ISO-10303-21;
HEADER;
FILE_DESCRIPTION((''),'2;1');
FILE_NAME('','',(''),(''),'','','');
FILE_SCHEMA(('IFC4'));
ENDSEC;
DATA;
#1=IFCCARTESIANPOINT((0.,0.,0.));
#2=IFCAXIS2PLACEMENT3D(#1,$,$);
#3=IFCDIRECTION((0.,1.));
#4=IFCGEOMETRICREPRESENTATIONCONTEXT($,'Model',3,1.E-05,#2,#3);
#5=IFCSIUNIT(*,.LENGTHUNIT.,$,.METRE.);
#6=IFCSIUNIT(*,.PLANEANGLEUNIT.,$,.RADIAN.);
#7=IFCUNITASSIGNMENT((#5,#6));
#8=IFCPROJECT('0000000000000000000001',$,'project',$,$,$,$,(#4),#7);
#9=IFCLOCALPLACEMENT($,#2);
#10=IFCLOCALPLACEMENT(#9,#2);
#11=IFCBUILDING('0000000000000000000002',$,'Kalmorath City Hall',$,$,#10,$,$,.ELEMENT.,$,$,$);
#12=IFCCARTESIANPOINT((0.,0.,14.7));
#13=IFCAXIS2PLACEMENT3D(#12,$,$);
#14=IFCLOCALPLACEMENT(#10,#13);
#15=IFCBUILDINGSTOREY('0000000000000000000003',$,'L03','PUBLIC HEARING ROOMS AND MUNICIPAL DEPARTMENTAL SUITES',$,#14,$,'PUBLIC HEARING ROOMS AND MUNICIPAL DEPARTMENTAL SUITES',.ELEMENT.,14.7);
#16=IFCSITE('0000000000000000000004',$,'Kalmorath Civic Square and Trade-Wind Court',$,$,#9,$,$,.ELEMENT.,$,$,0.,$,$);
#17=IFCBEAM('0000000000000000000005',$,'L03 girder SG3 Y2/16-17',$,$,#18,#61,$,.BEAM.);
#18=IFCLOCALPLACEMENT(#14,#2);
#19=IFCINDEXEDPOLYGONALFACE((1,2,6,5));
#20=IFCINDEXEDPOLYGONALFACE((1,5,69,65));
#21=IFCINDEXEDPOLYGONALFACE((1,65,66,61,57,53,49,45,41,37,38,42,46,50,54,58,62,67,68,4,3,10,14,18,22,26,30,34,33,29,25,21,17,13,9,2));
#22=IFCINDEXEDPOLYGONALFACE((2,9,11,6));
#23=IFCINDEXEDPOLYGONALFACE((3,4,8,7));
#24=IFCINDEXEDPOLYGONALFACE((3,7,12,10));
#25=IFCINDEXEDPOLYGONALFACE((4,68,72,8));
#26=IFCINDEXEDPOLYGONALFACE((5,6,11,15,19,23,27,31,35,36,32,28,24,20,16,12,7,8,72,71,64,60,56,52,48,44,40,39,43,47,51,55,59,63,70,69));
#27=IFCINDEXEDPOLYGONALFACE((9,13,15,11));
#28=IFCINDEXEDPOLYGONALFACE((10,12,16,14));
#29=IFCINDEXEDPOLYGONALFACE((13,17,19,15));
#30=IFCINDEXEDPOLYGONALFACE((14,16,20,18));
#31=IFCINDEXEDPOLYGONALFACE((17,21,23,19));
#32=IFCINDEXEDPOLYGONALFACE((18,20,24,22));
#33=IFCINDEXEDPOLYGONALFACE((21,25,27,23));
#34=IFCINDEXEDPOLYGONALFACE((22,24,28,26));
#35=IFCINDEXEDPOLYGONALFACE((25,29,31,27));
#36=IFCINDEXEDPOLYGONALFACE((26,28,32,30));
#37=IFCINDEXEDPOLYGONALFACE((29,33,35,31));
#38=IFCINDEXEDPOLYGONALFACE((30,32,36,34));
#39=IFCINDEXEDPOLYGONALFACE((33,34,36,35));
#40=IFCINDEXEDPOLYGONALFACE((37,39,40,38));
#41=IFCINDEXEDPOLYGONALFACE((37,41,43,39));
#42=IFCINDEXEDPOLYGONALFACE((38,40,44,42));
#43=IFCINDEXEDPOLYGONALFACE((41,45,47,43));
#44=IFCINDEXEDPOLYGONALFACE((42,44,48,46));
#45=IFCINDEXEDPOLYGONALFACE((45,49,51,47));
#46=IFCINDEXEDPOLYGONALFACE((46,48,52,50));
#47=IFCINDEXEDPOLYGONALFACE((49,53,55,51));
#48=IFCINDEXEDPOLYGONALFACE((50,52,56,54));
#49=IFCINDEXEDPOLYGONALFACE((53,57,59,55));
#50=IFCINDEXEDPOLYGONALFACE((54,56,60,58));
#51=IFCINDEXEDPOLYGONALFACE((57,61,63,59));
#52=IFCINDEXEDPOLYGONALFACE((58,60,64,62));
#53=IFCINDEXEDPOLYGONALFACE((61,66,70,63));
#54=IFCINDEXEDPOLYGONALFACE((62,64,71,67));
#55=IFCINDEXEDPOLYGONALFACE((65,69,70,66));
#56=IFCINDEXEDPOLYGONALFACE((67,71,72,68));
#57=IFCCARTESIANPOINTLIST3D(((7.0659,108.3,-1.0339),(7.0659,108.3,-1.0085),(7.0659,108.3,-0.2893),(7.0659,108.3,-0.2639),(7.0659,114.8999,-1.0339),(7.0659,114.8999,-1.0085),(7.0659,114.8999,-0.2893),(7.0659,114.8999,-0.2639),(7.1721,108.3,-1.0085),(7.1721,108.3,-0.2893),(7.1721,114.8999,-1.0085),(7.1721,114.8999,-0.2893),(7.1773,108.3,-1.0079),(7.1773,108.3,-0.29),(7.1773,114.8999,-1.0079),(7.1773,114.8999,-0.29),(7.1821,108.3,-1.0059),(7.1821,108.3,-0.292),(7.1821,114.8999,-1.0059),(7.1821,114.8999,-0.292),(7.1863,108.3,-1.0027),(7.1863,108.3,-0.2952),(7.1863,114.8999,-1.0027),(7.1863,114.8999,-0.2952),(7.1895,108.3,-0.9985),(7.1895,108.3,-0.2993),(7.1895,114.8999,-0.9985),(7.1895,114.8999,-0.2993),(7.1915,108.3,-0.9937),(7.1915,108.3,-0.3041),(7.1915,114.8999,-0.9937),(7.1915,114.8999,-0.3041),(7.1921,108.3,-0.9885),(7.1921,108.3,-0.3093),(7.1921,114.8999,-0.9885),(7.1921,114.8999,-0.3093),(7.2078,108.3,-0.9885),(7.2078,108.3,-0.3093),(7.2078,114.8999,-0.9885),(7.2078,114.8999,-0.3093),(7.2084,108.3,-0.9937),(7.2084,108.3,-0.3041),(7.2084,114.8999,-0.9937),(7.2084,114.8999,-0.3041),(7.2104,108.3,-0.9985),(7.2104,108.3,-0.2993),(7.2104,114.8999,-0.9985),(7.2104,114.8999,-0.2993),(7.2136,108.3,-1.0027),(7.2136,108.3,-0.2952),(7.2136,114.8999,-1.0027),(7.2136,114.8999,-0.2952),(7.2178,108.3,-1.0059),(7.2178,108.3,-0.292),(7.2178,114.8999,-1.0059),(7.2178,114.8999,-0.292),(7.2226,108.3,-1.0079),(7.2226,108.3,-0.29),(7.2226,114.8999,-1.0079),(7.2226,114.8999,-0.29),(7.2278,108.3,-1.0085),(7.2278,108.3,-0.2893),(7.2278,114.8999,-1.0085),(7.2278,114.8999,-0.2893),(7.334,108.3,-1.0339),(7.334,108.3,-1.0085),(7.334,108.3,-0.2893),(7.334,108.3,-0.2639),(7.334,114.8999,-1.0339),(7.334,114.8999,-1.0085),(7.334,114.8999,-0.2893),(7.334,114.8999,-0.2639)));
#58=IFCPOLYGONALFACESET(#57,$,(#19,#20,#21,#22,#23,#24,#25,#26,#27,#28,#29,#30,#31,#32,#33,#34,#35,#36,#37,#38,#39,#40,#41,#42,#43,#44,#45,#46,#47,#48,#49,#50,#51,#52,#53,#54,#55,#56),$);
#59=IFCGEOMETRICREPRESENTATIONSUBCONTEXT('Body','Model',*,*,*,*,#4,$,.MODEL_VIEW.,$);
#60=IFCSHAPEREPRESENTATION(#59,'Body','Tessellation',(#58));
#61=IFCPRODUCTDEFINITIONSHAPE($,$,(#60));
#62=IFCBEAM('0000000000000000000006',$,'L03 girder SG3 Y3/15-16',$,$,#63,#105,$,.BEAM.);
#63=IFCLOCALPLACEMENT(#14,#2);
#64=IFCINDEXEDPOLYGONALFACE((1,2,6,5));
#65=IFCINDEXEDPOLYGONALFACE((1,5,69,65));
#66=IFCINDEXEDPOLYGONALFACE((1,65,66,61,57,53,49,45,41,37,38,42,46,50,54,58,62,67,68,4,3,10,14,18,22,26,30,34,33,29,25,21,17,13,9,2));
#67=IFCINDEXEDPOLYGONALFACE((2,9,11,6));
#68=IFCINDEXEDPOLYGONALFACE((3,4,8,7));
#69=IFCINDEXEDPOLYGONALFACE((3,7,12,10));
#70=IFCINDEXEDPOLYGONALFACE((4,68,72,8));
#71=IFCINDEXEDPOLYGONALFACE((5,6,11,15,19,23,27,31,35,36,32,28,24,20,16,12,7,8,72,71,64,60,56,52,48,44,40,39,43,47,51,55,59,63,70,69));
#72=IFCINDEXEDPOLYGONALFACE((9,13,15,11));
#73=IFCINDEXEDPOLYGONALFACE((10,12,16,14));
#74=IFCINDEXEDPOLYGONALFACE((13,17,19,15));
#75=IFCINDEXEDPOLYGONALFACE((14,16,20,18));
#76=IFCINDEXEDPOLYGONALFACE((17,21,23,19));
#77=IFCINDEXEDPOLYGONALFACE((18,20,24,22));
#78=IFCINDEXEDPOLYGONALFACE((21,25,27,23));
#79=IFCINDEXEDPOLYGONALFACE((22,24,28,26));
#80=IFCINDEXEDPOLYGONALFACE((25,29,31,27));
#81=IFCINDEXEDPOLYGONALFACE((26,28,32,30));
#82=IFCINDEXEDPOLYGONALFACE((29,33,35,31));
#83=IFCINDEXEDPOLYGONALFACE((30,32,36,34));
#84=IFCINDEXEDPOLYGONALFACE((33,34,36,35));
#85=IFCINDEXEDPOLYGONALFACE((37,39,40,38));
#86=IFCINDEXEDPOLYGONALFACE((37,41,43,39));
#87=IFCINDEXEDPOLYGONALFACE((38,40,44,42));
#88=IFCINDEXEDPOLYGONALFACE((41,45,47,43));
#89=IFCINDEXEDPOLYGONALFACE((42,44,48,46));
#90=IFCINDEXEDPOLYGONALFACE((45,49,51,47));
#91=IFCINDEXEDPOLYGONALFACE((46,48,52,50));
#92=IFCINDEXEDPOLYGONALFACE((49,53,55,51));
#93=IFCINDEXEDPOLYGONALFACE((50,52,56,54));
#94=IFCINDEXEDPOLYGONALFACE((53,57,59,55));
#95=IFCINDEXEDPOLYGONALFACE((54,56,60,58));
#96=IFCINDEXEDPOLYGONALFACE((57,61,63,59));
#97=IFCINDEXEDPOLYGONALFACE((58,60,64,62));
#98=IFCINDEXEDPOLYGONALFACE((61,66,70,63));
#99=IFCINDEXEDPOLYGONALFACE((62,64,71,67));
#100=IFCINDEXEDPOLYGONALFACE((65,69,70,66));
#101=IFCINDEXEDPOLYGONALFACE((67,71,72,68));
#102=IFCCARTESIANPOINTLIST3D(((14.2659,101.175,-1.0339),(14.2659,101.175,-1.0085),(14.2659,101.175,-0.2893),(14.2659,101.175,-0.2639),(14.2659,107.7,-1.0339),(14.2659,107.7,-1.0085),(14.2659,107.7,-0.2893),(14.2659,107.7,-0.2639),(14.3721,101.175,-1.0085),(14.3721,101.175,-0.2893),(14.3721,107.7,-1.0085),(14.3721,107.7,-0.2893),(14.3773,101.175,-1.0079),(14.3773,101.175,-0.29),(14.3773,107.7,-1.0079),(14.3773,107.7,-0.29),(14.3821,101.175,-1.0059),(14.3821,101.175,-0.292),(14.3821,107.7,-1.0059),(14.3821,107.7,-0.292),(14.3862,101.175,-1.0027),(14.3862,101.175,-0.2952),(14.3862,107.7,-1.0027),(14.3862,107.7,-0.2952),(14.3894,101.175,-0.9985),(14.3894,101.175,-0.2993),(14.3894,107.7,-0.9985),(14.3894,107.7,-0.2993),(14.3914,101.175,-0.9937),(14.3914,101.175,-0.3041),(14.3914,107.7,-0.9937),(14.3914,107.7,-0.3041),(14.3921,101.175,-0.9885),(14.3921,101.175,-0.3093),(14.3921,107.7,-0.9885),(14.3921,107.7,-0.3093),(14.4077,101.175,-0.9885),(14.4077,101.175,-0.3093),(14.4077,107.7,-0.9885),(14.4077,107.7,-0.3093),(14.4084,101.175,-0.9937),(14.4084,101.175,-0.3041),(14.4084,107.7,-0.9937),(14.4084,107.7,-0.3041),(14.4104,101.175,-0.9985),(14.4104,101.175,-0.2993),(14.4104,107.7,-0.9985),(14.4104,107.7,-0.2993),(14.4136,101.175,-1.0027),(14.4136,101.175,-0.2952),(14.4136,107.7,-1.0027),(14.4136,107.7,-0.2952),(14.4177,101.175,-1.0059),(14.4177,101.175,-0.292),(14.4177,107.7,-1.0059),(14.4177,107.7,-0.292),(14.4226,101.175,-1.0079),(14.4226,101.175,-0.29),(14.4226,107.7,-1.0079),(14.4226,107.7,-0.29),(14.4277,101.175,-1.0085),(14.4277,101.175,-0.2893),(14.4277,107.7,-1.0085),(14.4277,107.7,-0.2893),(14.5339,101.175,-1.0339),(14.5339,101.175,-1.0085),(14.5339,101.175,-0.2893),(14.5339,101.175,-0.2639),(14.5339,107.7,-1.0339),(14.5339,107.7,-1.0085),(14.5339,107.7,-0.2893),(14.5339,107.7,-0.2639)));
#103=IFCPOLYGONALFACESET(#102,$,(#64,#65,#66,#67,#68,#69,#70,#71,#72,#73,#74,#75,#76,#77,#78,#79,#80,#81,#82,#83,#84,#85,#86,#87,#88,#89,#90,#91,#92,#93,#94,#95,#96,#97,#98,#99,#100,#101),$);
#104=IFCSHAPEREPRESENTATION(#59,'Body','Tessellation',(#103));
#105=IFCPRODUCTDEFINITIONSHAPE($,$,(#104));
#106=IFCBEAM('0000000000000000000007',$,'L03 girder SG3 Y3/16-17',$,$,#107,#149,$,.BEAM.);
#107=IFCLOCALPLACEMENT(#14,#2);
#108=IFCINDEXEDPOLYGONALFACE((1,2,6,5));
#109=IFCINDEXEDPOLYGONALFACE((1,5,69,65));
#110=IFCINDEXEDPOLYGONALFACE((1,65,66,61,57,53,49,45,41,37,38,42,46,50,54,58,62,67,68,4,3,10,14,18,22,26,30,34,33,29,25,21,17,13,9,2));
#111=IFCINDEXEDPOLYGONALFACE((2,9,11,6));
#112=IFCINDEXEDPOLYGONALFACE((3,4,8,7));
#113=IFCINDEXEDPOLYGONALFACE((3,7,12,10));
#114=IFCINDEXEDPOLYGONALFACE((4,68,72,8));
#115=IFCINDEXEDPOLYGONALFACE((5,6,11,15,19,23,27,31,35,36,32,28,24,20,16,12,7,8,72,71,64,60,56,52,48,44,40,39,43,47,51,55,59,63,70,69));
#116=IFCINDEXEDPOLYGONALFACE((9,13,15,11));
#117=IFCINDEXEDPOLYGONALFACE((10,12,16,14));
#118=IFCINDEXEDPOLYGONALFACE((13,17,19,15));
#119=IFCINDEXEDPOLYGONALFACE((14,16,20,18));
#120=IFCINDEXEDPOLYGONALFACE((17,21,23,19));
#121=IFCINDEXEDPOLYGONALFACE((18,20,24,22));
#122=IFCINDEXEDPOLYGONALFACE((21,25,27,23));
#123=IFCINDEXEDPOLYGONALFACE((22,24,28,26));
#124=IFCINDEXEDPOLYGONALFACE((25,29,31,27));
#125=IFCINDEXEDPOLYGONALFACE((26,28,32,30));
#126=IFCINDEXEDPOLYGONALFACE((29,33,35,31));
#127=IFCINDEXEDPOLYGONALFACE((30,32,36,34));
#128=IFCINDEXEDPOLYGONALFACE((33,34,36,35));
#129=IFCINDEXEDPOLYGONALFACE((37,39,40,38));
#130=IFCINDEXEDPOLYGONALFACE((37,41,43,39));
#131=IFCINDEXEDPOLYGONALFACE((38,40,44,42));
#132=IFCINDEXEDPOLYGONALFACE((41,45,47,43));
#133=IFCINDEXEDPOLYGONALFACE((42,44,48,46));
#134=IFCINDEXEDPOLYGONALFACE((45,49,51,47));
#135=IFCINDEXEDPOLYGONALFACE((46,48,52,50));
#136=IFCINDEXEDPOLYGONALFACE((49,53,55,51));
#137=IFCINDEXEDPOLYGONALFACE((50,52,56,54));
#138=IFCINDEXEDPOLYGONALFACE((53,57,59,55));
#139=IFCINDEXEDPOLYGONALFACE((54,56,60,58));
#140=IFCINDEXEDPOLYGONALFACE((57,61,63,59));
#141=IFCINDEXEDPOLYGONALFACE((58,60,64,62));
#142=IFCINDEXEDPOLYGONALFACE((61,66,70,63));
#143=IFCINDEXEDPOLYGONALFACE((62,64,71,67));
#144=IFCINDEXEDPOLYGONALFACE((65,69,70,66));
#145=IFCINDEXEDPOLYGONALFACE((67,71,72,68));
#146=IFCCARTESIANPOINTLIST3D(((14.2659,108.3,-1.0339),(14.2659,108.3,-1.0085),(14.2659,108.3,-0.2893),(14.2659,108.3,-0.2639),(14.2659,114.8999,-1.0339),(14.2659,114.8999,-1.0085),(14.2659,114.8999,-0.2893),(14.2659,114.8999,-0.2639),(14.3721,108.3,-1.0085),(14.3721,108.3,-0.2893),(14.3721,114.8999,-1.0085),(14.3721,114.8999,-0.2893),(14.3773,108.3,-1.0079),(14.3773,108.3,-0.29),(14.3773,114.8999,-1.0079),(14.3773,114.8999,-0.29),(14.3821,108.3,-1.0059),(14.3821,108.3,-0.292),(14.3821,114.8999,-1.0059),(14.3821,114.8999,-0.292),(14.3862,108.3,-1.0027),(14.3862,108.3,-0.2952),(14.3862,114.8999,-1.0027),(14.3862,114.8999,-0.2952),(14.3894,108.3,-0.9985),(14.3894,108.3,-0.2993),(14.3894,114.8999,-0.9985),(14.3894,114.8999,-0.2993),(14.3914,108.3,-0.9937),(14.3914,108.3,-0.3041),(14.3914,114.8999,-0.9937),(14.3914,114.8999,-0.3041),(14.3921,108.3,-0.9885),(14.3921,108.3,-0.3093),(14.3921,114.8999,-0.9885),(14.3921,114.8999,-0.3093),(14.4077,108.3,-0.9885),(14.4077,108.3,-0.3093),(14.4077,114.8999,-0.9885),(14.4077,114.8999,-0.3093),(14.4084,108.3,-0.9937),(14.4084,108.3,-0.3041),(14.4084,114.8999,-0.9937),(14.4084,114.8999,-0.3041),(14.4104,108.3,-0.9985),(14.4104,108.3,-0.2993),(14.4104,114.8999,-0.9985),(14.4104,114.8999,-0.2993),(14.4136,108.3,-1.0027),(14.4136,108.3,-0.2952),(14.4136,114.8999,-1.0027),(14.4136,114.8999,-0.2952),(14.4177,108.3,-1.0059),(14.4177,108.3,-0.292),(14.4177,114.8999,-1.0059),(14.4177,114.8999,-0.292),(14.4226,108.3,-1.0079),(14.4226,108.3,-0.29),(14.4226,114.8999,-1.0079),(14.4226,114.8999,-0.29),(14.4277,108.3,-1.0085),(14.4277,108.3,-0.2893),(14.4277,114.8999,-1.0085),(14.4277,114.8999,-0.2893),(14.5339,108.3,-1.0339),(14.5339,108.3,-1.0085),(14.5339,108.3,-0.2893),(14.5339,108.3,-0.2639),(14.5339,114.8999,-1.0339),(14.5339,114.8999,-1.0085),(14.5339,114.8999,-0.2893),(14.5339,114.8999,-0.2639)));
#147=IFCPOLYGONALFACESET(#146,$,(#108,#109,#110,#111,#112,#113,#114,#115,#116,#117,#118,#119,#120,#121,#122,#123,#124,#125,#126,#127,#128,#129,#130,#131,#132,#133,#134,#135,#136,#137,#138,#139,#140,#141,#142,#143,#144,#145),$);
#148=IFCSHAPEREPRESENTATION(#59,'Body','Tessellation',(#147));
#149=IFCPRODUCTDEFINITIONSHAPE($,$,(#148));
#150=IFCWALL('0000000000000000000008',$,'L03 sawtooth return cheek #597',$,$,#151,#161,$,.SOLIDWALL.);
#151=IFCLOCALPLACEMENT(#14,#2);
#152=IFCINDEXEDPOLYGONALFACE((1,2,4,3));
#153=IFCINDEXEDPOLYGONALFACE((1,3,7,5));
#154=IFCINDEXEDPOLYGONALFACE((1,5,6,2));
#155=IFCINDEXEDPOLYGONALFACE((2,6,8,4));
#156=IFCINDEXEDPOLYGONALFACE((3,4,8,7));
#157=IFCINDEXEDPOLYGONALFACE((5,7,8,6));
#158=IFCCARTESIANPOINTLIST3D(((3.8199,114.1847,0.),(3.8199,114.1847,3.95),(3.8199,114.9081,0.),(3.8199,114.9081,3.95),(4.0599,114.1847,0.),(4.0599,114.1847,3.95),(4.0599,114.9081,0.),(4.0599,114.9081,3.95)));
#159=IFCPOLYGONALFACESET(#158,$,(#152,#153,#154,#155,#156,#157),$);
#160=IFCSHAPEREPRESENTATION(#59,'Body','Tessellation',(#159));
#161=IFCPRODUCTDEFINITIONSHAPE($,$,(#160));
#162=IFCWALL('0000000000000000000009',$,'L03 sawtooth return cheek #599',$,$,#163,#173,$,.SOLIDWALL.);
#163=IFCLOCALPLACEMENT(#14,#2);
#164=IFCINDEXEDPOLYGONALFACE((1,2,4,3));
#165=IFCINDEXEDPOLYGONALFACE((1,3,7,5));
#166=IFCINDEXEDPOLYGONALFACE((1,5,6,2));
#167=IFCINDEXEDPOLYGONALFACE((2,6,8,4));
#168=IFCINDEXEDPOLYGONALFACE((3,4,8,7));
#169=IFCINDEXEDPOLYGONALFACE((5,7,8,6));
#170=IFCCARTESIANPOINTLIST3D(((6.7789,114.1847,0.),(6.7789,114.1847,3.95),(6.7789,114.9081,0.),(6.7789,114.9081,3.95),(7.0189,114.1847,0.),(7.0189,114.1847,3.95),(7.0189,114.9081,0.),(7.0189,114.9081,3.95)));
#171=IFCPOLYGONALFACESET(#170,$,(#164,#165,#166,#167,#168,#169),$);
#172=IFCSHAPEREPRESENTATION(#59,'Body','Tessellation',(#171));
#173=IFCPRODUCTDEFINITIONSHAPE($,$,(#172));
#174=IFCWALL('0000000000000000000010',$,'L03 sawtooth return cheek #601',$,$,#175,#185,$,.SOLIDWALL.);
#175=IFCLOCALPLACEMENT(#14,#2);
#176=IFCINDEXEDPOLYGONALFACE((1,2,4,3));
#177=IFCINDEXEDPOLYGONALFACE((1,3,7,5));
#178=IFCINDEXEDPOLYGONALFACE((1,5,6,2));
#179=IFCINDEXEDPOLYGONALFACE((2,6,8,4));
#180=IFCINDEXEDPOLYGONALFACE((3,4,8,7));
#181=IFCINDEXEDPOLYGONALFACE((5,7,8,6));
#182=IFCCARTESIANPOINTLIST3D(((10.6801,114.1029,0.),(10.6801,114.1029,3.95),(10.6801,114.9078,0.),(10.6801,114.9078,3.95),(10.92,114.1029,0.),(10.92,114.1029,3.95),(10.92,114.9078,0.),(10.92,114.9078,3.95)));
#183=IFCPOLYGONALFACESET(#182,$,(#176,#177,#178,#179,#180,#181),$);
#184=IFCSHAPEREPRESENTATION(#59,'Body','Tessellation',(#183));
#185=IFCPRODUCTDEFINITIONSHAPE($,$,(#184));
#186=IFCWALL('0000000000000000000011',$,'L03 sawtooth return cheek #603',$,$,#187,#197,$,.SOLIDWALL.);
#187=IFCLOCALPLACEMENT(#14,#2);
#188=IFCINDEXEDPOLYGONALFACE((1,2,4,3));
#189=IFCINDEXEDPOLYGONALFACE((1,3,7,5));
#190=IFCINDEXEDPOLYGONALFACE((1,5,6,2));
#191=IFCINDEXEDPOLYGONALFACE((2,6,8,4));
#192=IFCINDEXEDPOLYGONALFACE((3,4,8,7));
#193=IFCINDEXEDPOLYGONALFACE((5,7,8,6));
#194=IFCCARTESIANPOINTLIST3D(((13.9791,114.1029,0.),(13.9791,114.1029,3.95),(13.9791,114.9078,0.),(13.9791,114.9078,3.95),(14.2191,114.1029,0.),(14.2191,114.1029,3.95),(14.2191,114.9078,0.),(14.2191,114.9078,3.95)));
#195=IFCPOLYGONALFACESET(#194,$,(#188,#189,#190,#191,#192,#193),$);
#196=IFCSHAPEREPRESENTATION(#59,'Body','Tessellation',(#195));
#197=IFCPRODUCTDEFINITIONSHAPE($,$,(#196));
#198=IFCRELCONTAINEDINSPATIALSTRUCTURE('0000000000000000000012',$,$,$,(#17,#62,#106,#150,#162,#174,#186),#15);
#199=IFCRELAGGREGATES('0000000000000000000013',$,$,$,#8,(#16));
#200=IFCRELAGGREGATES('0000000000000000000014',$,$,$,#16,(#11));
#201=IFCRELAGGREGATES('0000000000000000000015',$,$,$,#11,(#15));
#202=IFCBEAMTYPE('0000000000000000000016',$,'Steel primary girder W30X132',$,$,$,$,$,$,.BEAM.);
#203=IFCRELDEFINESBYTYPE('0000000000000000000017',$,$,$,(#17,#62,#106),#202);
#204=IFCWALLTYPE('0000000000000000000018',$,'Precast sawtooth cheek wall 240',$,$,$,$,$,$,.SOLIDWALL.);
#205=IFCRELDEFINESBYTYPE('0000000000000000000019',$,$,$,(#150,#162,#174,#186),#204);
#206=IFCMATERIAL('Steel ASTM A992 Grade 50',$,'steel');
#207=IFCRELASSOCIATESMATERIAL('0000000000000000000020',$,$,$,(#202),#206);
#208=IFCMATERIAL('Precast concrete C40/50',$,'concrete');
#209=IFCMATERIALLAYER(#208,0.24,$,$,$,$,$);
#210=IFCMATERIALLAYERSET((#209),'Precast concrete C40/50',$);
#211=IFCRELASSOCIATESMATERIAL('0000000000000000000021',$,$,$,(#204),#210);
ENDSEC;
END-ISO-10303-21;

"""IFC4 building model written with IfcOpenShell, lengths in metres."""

from ifc_helpers import new_model, si_unit, direction, frame, frame_2d, origin, origin_2d, place, context, subcontext, project, spatial, rectangle, i_section, extrude, material, layer, layer_set, material_profile, profile_set, type_object, element, save


model = new_model("IFC4")

# Units and contexts
model_context = context("Model", 3, precision=1e-05, world=origin(), true_north=direction((0.0, 1.0)))
body_context = subcontext(model_context, "Body", "Model", "MODEL_VIEW")
ifc_project = project(units=[si_unit("LENGTHUNIT", "METRE"), si_unit("PLANEANGLEUNIT", "RADIAN")], contexts=[model_context])

# Site, building, storey
site_placement = place(None, origin())
site = spatial("IfcSite", under=ifc_project, at=site_placement, Name="Kalmorath Civic Square and Trade-Wind Court", CompositionType="ELEMENT", RefElevation=0.0)
building_placement = place(site_placement, origin())
building = spatial("IfcBuilding", under=site, at=building_placement, Name="Kalmorath City Hall", CompositionType="ELEMENT")
storey_placement = place(building_placement, frame((0.0, 0.0, 14.7)))
storey = spatial("IfcBuildingStorey", under=building, at=storey_placement, Name="L03", Description="PUBLIC HEARING ROOMS AND MUNICIPAL DEPARTMENTAL SUITES", LongName="PUBLIC HEARING ROOMS AND MUNICIPAL DEPARTMENTAL SUITES", CompositionType="ELEMENT", Elevation=14.7)

# Beams
ifc_material_1 = material(Name="Steel ASTM A992 Grade 50", Category="steel")
ifc_material_profile_1 = material_profile(ifc_material_1, i_section(OverallWidth=0.2681, OverallDepth=0.77, WebThickness=0.0156, FlangeThickness=0.0254, FilletRadius=0.02, at=origin_2d()), Name="W30X132")
ifc_profile_set_1 = profile_set([ifc_material_profile_1], Name="Steel ASTM A992 Grade 50")
beam_type_1 = type_object("IfcBeamType", Name="Steel primary girder W30X132", PredefinedType="BEAM", material=ifc_profile_set_1)
beam_1_placement = place(storey_placement, frame((7.2, 108.3, -0.6489), z_axis=(0.0, 1.0, 0.0), x_axis=(-1.0, 0.0, 0.0)))
element("IfcBeam", 1, at=beam_1_placement, inside=storey, type_object=beam_type_1, Name="L03 girder SG3 Y2/16-17", PredefinedType="BEAM", context=body_context, shape_type="SweptSolid", body=[
    extrude(i_section(OverallWidth=0.2681, OverallDepth=0.77, WebThickness=0.0156, FlangeThickness=0.0254, FilletRadius=0.02, at=origin_2d()), origin(), (0.0, 0.0, 1.0), 6.5999),
])
beam_2_placement = place(storey_placement, frame((14.3999, 101.175, -0.6489), z_axis=(0.0, 1.0, 0.0), x_axis=(-1.0, 0.0, 0.0)))
element("IfcBeam", 2, at=beam_2_placement, inside=storey, type_object=beam_type_1, Name="L03 girder SG3 Y3/15-16", PredefinedType="BEAM", context=body_context, shape_type="SweptSolid", body=[
    extrude(i_section(OverallWidth=0.2681, OverallDepth=0.77, WebThickness=0.0156, FlangeThickness=0.0254, FilletRadius=0.02, at=origin_2d()), origin(), (0.0, 0.0, 1.0), 6.5249),
])
beam_3_placement = place(storey_placement, frame((14.3999, 108.3, -0.6489), z_axis=(0.0, 1.0, 0.0), x_axis=(-1.0, 0.0, 0.0)))
element("IfcBeam", 3, at=beam_3_placement, inside=storey, type_object=beam_type_1, Name="L03 girder SG3 Y3/16-17", PredefinedType="BEAM", context=body_context, shape_type="SweptSolid", body=[
    extrude(i_section(OverallWidth=0.2681, OverallDepth=0.77, WebThickness=0.0156, FlangeThickness=0.0254, FilletRadius=0.02, at=origin_2d()), origin(), (0.0, 0.0, 1.0), 6.5999),
])

# Walls
ifc_material_2 = material(Name="Precast concrete C40/50", Category="concrete")
ifc_layer_1 = layer(ifc_material_2, 0.24)
ifc_layer_set_1 = layer_set([ifc_layer_1], Name="Precast concrete C40/50")
wall_type_1 = type_object("IfcWallType", Name="Precast sawtooth cheek wall 240", PredefinedType="SOLIDWALL", material=ifc_layer_set_1)
for number, where, z_axis, x_axis, name in (
    (4, (3.9399, 114.1846, 0.0), (0.0, 0.0, 1.0), (0.0, 1.0, 0.0), "L03 sawtooth return cheek #597"),
    (5, (6.8989, 114.1846, 0.0), (0.0, 0.0, 1.0), (0.0, 1.0, 0.0), "L03 sawtooth return cheek #599"),
):
    element("IfcWall", number, at=place(storey_placement, frame(where, z_axis=z_axis, x_axis=x_axis)), inside=storey, type_object=wall_type_1, Name=name, PredefinedType="SOLIDWALL", context=body_context, shape_type="SweptSolid", body=[
        extrude(rectangle(XDim=0.7234, YDim=0.24, at=frame_2d((0.3618, 0.0))), origin(), (0.0, 0.0, 1.0), 3.95),
    ])
for number, where, z_axis, x_axis, name in (
    (6, (10.8, 114.103, 0.0), (0.0, 0.0, 1.0), (0.0, 1.0, 0.0), "L03 sawtooth return cheek #601"),
    (7, (14.0991, 114.103, 0.0), (0.0, 0.0, 1.0), (0.0, 1.0, 0.0), "L03 sawtooth return cheek #603"),
):
    element("IfcWall", number, at=place(storey_placement, frame(where, z_axis=z_axis, x_axis=x_axis)), inside=storey, type_object=wall_type_1, Name=name, PredefinedType="SOLIDWALL", context=body_context, shape_type="SweptSolid", body=[
        extrude(rectangle(XDim=0.8049, YDim=0.24, at=frame_2d((0.4023, 0.0))), origin(), (0.0, 0.0, 1.0), 3.95),
    ])

save(model, "model.ifc")
